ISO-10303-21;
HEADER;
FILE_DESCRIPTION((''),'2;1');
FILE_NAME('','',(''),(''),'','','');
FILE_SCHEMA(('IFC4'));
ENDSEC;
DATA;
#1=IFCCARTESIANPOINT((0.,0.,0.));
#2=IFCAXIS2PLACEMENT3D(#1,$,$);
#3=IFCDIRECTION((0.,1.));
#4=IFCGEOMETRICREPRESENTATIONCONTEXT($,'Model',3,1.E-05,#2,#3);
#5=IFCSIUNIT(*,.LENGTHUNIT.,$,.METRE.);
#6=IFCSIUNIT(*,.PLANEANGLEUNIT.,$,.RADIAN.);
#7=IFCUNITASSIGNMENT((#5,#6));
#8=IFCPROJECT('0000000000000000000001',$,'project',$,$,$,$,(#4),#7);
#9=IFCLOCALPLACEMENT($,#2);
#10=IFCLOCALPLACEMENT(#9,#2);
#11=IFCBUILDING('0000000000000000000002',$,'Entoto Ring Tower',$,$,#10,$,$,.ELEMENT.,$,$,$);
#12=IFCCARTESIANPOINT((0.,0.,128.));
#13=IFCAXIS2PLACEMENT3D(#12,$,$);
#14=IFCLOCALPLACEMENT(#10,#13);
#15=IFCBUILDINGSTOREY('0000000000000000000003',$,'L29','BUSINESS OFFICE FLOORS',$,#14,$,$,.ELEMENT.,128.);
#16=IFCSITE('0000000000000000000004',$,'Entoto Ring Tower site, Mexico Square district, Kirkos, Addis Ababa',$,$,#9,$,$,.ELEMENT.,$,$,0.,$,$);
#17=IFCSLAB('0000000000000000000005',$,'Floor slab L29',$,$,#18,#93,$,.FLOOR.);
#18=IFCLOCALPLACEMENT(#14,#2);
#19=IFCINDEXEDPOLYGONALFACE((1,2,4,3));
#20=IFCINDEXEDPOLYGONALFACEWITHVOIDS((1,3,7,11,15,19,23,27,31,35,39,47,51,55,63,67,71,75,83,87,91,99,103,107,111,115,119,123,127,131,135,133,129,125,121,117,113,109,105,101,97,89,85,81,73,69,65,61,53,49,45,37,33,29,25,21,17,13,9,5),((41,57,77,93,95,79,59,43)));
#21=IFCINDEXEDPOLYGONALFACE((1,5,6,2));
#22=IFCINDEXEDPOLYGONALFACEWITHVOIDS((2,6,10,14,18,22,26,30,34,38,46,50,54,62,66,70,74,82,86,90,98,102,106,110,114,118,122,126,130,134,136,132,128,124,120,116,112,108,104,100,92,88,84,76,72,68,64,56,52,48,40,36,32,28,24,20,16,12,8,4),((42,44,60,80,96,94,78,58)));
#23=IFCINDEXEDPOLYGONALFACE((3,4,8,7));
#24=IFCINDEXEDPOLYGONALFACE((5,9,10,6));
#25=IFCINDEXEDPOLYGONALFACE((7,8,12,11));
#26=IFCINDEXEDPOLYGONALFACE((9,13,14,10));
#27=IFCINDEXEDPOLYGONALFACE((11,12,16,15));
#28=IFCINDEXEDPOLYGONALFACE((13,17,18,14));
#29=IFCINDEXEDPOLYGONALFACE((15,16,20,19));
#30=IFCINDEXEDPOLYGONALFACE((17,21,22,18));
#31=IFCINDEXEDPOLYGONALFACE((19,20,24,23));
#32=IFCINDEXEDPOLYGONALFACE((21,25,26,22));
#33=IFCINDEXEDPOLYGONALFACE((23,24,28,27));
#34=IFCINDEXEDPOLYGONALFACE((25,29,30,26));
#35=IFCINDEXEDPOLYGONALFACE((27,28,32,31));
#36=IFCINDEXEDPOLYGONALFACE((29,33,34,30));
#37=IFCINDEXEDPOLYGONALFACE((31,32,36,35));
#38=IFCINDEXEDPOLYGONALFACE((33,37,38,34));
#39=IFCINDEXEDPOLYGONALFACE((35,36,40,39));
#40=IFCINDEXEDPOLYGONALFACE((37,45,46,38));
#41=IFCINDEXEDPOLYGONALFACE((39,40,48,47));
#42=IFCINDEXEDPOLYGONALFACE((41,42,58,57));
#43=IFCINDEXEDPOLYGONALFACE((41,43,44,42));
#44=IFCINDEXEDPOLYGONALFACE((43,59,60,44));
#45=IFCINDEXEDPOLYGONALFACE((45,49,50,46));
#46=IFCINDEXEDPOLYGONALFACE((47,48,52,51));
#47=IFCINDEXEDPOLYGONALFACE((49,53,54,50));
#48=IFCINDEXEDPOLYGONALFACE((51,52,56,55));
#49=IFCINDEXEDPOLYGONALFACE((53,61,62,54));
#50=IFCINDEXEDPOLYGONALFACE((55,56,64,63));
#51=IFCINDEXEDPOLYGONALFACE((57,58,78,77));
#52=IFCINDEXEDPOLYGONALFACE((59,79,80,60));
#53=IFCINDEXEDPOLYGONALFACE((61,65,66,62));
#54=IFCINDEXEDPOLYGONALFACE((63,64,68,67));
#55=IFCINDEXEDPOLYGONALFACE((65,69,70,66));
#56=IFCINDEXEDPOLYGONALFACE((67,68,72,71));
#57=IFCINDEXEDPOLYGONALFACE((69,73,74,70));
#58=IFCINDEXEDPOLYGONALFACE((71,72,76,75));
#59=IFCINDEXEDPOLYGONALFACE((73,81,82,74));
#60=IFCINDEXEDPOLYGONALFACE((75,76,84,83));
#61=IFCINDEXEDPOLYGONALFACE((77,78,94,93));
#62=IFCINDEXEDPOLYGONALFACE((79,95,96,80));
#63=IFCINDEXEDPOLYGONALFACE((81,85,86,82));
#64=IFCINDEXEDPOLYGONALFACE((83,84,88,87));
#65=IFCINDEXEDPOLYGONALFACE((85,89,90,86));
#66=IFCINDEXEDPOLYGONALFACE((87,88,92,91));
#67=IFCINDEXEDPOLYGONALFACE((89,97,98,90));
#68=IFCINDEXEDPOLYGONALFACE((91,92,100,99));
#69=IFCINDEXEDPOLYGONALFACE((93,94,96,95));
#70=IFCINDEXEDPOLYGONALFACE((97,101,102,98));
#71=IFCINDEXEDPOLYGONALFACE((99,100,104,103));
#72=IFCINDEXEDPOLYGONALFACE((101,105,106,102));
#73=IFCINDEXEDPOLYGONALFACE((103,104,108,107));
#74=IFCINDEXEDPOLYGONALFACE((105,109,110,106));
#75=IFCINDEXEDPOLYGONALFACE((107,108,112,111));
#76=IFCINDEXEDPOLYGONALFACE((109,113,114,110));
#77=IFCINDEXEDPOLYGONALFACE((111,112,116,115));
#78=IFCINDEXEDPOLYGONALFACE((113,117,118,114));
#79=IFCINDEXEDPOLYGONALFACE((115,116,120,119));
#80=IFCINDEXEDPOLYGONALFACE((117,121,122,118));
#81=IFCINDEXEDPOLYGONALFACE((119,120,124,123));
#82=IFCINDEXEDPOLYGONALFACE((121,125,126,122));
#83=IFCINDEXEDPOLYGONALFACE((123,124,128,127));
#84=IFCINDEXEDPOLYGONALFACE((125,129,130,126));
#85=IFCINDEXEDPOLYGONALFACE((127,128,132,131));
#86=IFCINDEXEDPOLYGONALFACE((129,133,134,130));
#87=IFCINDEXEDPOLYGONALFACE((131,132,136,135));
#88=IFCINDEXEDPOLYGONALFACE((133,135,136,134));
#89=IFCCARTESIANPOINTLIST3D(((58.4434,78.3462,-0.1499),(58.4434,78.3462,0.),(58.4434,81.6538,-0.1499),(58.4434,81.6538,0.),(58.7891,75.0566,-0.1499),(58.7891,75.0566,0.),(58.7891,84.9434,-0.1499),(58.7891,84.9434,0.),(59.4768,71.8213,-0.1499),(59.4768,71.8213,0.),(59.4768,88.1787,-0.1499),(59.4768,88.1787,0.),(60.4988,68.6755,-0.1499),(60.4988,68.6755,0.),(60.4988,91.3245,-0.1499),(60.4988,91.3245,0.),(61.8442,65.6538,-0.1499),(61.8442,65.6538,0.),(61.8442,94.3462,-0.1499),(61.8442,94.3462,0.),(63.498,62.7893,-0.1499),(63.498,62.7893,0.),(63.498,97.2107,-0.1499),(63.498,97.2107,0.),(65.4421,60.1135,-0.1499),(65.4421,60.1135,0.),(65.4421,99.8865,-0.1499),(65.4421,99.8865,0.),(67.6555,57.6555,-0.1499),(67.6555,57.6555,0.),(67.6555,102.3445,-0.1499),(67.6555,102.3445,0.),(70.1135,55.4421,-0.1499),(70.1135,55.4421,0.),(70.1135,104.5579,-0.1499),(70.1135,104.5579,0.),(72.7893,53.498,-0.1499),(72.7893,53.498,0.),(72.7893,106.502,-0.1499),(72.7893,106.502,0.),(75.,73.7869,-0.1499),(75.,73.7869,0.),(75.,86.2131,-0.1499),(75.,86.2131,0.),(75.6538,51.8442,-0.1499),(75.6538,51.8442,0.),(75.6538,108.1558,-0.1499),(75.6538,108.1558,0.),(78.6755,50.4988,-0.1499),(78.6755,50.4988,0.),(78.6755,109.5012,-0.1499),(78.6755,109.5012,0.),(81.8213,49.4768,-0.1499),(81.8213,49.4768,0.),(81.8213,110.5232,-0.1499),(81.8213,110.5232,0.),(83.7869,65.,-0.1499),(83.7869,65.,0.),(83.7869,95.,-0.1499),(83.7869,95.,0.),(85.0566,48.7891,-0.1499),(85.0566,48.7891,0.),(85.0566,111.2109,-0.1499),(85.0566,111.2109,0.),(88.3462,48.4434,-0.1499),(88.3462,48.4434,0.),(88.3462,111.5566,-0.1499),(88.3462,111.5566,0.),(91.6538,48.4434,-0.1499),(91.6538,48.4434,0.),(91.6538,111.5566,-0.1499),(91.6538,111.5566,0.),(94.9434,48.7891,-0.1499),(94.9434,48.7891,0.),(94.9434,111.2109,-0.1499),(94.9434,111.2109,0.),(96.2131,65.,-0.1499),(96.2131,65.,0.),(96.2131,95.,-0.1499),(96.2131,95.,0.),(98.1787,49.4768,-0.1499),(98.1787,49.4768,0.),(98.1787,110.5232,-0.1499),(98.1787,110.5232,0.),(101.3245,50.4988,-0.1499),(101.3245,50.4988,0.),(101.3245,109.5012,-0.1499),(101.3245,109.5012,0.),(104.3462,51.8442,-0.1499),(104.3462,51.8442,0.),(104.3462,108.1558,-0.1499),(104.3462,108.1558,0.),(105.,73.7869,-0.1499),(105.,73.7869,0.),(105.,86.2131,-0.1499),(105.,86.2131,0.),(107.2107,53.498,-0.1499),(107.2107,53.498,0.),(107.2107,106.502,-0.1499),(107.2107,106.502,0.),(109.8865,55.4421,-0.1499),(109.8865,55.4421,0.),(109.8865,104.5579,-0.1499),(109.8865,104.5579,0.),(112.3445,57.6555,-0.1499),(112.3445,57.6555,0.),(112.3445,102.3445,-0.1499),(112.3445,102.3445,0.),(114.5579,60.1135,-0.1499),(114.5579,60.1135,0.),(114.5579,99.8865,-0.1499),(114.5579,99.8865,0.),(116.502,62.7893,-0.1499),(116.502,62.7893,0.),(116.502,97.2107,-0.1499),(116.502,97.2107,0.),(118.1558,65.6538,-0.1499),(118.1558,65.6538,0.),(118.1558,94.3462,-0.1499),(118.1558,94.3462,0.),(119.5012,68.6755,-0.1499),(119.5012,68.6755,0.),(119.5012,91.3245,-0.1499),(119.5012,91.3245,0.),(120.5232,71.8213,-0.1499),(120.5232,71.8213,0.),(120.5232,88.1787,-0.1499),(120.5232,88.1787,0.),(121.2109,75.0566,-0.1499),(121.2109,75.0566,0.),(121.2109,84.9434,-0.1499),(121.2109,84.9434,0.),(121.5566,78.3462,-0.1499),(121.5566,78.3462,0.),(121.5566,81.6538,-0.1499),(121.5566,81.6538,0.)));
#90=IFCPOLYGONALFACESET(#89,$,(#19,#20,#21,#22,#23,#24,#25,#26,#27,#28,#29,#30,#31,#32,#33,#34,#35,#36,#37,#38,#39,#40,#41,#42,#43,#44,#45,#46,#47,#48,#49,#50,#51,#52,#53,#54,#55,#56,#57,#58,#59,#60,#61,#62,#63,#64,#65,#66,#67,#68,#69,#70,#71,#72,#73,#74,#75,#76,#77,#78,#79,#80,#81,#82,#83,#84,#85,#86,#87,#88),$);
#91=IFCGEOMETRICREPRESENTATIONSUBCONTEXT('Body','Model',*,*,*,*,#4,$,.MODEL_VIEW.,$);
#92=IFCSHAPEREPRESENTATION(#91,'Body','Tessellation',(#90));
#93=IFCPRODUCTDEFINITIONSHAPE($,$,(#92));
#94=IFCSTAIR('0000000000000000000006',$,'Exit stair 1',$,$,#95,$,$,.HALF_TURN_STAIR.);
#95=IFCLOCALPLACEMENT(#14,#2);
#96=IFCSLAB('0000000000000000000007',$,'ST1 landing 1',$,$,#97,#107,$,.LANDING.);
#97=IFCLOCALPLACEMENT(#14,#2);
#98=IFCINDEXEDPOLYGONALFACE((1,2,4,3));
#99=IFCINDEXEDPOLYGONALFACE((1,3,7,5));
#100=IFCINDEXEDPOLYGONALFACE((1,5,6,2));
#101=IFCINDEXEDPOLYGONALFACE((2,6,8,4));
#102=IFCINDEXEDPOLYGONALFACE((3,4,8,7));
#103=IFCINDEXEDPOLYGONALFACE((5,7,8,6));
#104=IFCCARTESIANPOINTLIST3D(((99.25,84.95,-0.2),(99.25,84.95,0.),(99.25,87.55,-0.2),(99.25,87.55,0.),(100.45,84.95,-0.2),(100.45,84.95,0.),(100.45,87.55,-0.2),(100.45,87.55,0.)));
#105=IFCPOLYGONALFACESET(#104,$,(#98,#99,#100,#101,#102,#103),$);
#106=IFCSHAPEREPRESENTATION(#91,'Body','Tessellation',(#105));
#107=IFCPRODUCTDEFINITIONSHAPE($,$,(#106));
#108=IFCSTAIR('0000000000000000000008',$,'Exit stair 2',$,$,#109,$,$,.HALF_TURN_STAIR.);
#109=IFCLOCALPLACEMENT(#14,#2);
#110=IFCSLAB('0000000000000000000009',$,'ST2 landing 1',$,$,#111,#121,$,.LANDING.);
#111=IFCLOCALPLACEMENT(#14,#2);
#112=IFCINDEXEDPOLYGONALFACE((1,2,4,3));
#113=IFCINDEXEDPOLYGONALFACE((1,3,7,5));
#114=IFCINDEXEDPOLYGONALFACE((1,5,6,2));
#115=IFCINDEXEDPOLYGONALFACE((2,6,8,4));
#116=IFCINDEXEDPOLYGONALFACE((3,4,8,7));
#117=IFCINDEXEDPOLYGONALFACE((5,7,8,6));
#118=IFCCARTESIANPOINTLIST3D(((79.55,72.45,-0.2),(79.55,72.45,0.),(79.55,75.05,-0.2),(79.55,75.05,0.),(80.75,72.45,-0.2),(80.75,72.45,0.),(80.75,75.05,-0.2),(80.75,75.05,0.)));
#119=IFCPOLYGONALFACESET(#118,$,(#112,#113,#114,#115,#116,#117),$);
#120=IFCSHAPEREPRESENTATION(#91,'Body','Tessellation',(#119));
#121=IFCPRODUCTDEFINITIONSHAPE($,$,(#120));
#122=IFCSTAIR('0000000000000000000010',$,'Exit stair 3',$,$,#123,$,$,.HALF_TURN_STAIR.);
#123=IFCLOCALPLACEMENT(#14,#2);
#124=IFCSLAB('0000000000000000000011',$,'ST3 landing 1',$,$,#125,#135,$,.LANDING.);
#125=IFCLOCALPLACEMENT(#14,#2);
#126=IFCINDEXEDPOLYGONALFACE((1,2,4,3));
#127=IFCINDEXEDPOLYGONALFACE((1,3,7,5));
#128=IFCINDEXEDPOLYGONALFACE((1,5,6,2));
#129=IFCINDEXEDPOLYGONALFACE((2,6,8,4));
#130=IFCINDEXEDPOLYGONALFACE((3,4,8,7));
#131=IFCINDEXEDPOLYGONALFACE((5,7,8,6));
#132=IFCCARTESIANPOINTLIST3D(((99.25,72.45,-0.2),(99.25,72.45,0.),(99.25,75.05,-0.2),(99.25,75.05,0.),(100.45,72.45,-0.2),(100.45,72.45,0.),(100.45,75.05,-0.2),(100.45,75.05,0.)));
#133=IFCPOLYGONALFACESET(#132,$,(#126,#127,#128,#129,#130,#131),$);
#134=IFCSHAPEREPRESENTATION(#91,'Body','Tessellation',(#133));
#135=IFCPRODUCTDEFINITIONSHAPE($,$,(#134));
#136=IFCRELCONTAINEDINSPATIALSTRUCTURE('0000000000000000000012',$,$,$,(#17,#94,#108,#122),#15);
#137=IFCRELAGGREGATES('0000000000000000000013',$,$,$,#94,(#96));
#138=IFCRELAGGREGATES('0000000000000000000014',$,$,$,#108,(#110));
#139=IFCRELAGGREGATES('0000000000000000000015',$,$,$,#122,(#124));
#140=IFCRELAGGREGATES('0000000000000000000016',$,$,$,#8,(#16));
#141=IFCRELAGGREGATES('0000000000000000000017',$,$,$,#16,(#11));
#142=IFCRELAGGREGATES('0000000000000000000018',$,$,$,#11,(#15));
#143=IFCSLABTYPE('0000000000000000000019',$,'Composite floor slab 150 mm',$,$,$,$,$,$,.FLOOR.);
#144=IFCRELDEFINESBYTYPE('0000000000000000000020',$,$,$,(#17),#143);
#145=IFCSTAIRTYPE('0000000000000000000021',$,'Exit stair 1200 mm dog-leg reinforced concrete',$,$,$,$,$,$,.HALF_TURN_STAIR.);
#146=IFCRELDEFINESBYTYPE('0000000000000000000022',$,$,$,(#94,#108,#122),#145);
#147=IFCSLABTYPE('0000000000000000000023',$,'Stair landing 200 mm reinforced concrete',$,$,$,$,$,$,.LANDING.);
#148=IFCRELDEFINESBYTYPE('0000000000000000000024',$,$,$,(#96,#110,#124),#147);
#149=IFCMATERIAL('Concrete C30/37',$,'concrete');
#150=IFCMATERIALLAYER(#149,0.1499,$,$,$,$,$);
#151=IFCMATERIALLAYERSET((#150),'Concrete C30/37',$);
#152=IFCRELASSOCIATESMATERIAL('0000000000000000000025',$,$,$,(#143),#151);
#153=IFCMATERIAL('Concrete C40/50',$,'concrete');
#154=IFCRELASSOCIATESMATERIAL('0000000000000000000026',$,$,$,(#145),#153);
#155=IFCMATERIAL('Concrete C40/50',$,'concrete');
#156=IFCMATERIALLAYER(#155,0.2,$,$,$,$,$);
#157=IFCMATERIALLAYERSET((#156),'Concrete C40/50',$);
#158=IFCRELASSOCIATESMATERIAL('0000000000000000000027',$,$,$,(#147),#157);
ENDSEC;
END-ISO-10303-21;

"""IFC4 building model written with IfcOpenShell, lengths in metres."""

from ifc_helpers import new_model, si_unit, direction, frame, origin, place, context, subcontext, project, spatial, polyline, outline, extrude, material, layer, layer_set, type_object, element, aggregate, save


model = new_model("IFC4")

# Units and contexts
model_context = context("Model", 3, precision=1e-05, world=origin(), true_north=direction((0.0, 1.0)))
body_context = subcontext(model_context, "Body", "Model", "MODEL_VIEW")
ifc_project = project(units=[si_unit("LENGTHUNIT", "METRE"), si_unit("PLANEANGLEUNIT", "RADIAN")], contexts=[model_context])

# Site, building, storey
site_placement = place(None, origin())
building_placement = place(site_placement, origin())
storey_placement = place(building_placement, frame((0.0, 0.0, 128.0)))
site = spatial("IfcSite", under=ifc_project, at=site_placement, Name="Entoto Ring Tower site, Mexico Square district, Kirkos, Addis Ababa", CompositionType="ELEMENT", RefElevation=0.0)
building = spatial("IfcBuilding", under=site, at=building_placement, Name="Entoto Ring Tower", CompositionType="ELEMENT")
storey = spatial("IfcBuildingStorey", under=building, at=storey_placement, Name="L29", Description="BUSINESS OFFICE FLOORS", CompositionType="ELEMENT", Elevation=128.0)

# Slab
ifc_material_1 = material(Name="Concrete C30/37", Category="concrete")
ifc_layer_1 = layer(ifc_material_1, 0.1499)
ifc_layer_set_1 = layer_set([ifc_layer_1], Name="Concrete C30/37")
slab_type_1 = type_object("IfcSlabType", Name="Composite floor slab 150 mm", PredefinedType="FLOOR", material=ifc_layer_set_1)
slab_1_placement = place(storey_placement, frame((0.0, 0.0, -0.1499)))
element("IfcSlab", 1, at=slab_1_placement, inside=storey, type_object=slab_type_1, Name="Floor slab L29", PredefinedType="FLOOR", context=body_context, shape_type="SweptSolid", body=[
    extrude(outline(polyline([(121.2109, 84.9434), (120.5232, 88.1787), (119.5012, 91.3245), (118.1558, 94.3462), (116.502, 97.2107), (114.5579, 99.8865), (112.3445, 102.3445), (109.8865, 104.5579), (107.2107, 106.502), (104.3462, 108.1558), (101.3245, 109.5012), (98.1787, 110.5232), (94.9434, 111.2109), (91.6538, 111.5566), (88.3462, 111.5566), (85.0566, 111.2109), (81.8213, 110.5232), (78.6755, 109.5012), (75.6538, 108.1558), (72.7893, 106.502), (70.1135, 104.5579), (67.6555, 102.3445), (65.4421, 99.8865), (63.498, 97.2107), (61.8442, 94.3462), (60.4988, 91.3245), (59.4768, 88.1787), (58.7891, 84.9434), (58.4434, 81.6538), (58.4434, 78.3462), (58.7891, 75.0566), (59.4768, 71.8213), (60.4988, 68.6755), (61.8442, 65.6538), (63.498, 62.7893), (65.4421, 60.1135), (67.6555, 57.6555), (70.1135, 55.4421), (72.7893, 53.498), (75.6538, 51.8442), (78.6755, 50.4988), (81.8213, 49.4768), (85.0566, 48.7891), (88.3462, 48.4434), (91.6538, 48.4434), (94.9434, 48.7891), (98.1787, 49.4768), (101.3245, 50.4988), (104.3462, 51.8442), (107.2107, 53.498), (109.8865, 55.4421), (112.3445, 57.6555), (114.5579, 60.1135), (116.502, 62.7893), (118.1558, 65.6538), (119.5012, 68.6755), (120.5232, 71.8213), (121.2109, 75.0566), (121.5566, 78.3462), (121.5566, 81.6538), (121.2109, 84.9434)]), holes=[polyline([(105.0, 73.7869), (105.0, 86.2131), (96.2131, 95.0), (83.7869, 95.0), (75.0, 86.2131), (75.0, 73.7869), (83.7869, 65.0), (96.2131, 65.0), (105.0, 73.7869)])]), origin(), (0.0, 0.0, 1.0), 0.1499),
])

# Stairs, slabs
ifc_material_2 = material(Name="Concrete C40/50", Category="concrete")
stair_type = type_object("IfcStairType", Name="Exit stair 1200 mm dog-leg reinforced concrete", PredefinedType="HALF_TURN_STAIR", material=ifc_material_2)
stair_1_placement = place(storey_placement, origin())
stair_1 = element("IfcStair", 2, at=stair_1_placement, inside=storey, type_object=stair_type, Name="Exit stair 1", PredefinedType="HALF_TURN_STAIR")
ifc_material_3 = material(Name="Concrete C40/50", Category="concrete")
ifc_layer_2 = layer(ifc_material_3, 0.2)
ifc_layer_set_2 = layer_set([ifc_layer_2], Name="Concrete C40/50")
slab_type_2 = type_object("IfcSlabType", Name="Stair landing 200 mm reinforced concrete", PredefinedType="LANDING", material=ifc_layer_set_2)
slab_2_placement = place(storey_placement, frame((0.0, 0.0, -0.2)))
slab_2 = element("IfcSlab", 3, at=slab_2_placement, type_object=slab_type_2, Name="ST1 landing 1", PredefinedType="LANDING", context=body_context, shape_type="SweptSolid", body=[
    extrude(outline(polyline([(100.45, 84.95), (100.45, 87.55), (99.25, 87.55), (99.25, 84.95), (100.45, 84.95)])), origin(), (0.0, 0.0, 1.0), 0.2),
])
aggregate(stair_1, [slab_2])
stair_2_placement = place(storey_placement, origin())
stair_2 = element("IfcStair", 4, at=stair_2_placement, inside=storey, type_object=stair_type, Name="Exit stair 2", PredefinedType="HALF_TURN_STAIR")
slab_3_placement = place(storey_placement, frame((0.0, 0.0, -0.2)))
slab_3 = element("IfcSlab", 5, at=slab_3_placement, type_object=slab_type_2, Name="ST2 landing 1", PredefinedType="LANDING", context=body_context, shape_type="SweptSolid", body=[
    extrude(outline(polyline([(80.75, 72.45), (80.75, 75.05), (79.55, 75.05), (79.55, 72.45), (80.75, 72.45)])), origin(), (0.0, 0.0, 1.0), 0.2),
])
aggregate(stair_2, [slab_3])
stair_3_placement = place(storey_placement, origin())
stair_3 = element("IfcStair", 6, at=stair_3_placement, inside=storey, type_object=stair_type, Name="Exit stair 3", PredefinedType="HALF_TURN_STAIR")
slab_4_placement = place(storey_placement, frame((0.0, 0.0, -0.2)))
slab_4 = element("IfcSlab", 7, at=slab_4_placement, type_object=slab_type_2, Name="ST3 landing 1", PredefinedType="LANDING", context=body_context, shape_type="SweptSolid", body=[
    extrude(outline(polyline([(100.45, 72.45), (100.45, 75.05), (99.25, 75.05), (99.25, 72.45), (100.45, 72.45)])), origin(), (0.0, 0.0, 1.0), 0.2),
])
aggregate(stair_3, [slab_4])

save(model, "model.ifc")
